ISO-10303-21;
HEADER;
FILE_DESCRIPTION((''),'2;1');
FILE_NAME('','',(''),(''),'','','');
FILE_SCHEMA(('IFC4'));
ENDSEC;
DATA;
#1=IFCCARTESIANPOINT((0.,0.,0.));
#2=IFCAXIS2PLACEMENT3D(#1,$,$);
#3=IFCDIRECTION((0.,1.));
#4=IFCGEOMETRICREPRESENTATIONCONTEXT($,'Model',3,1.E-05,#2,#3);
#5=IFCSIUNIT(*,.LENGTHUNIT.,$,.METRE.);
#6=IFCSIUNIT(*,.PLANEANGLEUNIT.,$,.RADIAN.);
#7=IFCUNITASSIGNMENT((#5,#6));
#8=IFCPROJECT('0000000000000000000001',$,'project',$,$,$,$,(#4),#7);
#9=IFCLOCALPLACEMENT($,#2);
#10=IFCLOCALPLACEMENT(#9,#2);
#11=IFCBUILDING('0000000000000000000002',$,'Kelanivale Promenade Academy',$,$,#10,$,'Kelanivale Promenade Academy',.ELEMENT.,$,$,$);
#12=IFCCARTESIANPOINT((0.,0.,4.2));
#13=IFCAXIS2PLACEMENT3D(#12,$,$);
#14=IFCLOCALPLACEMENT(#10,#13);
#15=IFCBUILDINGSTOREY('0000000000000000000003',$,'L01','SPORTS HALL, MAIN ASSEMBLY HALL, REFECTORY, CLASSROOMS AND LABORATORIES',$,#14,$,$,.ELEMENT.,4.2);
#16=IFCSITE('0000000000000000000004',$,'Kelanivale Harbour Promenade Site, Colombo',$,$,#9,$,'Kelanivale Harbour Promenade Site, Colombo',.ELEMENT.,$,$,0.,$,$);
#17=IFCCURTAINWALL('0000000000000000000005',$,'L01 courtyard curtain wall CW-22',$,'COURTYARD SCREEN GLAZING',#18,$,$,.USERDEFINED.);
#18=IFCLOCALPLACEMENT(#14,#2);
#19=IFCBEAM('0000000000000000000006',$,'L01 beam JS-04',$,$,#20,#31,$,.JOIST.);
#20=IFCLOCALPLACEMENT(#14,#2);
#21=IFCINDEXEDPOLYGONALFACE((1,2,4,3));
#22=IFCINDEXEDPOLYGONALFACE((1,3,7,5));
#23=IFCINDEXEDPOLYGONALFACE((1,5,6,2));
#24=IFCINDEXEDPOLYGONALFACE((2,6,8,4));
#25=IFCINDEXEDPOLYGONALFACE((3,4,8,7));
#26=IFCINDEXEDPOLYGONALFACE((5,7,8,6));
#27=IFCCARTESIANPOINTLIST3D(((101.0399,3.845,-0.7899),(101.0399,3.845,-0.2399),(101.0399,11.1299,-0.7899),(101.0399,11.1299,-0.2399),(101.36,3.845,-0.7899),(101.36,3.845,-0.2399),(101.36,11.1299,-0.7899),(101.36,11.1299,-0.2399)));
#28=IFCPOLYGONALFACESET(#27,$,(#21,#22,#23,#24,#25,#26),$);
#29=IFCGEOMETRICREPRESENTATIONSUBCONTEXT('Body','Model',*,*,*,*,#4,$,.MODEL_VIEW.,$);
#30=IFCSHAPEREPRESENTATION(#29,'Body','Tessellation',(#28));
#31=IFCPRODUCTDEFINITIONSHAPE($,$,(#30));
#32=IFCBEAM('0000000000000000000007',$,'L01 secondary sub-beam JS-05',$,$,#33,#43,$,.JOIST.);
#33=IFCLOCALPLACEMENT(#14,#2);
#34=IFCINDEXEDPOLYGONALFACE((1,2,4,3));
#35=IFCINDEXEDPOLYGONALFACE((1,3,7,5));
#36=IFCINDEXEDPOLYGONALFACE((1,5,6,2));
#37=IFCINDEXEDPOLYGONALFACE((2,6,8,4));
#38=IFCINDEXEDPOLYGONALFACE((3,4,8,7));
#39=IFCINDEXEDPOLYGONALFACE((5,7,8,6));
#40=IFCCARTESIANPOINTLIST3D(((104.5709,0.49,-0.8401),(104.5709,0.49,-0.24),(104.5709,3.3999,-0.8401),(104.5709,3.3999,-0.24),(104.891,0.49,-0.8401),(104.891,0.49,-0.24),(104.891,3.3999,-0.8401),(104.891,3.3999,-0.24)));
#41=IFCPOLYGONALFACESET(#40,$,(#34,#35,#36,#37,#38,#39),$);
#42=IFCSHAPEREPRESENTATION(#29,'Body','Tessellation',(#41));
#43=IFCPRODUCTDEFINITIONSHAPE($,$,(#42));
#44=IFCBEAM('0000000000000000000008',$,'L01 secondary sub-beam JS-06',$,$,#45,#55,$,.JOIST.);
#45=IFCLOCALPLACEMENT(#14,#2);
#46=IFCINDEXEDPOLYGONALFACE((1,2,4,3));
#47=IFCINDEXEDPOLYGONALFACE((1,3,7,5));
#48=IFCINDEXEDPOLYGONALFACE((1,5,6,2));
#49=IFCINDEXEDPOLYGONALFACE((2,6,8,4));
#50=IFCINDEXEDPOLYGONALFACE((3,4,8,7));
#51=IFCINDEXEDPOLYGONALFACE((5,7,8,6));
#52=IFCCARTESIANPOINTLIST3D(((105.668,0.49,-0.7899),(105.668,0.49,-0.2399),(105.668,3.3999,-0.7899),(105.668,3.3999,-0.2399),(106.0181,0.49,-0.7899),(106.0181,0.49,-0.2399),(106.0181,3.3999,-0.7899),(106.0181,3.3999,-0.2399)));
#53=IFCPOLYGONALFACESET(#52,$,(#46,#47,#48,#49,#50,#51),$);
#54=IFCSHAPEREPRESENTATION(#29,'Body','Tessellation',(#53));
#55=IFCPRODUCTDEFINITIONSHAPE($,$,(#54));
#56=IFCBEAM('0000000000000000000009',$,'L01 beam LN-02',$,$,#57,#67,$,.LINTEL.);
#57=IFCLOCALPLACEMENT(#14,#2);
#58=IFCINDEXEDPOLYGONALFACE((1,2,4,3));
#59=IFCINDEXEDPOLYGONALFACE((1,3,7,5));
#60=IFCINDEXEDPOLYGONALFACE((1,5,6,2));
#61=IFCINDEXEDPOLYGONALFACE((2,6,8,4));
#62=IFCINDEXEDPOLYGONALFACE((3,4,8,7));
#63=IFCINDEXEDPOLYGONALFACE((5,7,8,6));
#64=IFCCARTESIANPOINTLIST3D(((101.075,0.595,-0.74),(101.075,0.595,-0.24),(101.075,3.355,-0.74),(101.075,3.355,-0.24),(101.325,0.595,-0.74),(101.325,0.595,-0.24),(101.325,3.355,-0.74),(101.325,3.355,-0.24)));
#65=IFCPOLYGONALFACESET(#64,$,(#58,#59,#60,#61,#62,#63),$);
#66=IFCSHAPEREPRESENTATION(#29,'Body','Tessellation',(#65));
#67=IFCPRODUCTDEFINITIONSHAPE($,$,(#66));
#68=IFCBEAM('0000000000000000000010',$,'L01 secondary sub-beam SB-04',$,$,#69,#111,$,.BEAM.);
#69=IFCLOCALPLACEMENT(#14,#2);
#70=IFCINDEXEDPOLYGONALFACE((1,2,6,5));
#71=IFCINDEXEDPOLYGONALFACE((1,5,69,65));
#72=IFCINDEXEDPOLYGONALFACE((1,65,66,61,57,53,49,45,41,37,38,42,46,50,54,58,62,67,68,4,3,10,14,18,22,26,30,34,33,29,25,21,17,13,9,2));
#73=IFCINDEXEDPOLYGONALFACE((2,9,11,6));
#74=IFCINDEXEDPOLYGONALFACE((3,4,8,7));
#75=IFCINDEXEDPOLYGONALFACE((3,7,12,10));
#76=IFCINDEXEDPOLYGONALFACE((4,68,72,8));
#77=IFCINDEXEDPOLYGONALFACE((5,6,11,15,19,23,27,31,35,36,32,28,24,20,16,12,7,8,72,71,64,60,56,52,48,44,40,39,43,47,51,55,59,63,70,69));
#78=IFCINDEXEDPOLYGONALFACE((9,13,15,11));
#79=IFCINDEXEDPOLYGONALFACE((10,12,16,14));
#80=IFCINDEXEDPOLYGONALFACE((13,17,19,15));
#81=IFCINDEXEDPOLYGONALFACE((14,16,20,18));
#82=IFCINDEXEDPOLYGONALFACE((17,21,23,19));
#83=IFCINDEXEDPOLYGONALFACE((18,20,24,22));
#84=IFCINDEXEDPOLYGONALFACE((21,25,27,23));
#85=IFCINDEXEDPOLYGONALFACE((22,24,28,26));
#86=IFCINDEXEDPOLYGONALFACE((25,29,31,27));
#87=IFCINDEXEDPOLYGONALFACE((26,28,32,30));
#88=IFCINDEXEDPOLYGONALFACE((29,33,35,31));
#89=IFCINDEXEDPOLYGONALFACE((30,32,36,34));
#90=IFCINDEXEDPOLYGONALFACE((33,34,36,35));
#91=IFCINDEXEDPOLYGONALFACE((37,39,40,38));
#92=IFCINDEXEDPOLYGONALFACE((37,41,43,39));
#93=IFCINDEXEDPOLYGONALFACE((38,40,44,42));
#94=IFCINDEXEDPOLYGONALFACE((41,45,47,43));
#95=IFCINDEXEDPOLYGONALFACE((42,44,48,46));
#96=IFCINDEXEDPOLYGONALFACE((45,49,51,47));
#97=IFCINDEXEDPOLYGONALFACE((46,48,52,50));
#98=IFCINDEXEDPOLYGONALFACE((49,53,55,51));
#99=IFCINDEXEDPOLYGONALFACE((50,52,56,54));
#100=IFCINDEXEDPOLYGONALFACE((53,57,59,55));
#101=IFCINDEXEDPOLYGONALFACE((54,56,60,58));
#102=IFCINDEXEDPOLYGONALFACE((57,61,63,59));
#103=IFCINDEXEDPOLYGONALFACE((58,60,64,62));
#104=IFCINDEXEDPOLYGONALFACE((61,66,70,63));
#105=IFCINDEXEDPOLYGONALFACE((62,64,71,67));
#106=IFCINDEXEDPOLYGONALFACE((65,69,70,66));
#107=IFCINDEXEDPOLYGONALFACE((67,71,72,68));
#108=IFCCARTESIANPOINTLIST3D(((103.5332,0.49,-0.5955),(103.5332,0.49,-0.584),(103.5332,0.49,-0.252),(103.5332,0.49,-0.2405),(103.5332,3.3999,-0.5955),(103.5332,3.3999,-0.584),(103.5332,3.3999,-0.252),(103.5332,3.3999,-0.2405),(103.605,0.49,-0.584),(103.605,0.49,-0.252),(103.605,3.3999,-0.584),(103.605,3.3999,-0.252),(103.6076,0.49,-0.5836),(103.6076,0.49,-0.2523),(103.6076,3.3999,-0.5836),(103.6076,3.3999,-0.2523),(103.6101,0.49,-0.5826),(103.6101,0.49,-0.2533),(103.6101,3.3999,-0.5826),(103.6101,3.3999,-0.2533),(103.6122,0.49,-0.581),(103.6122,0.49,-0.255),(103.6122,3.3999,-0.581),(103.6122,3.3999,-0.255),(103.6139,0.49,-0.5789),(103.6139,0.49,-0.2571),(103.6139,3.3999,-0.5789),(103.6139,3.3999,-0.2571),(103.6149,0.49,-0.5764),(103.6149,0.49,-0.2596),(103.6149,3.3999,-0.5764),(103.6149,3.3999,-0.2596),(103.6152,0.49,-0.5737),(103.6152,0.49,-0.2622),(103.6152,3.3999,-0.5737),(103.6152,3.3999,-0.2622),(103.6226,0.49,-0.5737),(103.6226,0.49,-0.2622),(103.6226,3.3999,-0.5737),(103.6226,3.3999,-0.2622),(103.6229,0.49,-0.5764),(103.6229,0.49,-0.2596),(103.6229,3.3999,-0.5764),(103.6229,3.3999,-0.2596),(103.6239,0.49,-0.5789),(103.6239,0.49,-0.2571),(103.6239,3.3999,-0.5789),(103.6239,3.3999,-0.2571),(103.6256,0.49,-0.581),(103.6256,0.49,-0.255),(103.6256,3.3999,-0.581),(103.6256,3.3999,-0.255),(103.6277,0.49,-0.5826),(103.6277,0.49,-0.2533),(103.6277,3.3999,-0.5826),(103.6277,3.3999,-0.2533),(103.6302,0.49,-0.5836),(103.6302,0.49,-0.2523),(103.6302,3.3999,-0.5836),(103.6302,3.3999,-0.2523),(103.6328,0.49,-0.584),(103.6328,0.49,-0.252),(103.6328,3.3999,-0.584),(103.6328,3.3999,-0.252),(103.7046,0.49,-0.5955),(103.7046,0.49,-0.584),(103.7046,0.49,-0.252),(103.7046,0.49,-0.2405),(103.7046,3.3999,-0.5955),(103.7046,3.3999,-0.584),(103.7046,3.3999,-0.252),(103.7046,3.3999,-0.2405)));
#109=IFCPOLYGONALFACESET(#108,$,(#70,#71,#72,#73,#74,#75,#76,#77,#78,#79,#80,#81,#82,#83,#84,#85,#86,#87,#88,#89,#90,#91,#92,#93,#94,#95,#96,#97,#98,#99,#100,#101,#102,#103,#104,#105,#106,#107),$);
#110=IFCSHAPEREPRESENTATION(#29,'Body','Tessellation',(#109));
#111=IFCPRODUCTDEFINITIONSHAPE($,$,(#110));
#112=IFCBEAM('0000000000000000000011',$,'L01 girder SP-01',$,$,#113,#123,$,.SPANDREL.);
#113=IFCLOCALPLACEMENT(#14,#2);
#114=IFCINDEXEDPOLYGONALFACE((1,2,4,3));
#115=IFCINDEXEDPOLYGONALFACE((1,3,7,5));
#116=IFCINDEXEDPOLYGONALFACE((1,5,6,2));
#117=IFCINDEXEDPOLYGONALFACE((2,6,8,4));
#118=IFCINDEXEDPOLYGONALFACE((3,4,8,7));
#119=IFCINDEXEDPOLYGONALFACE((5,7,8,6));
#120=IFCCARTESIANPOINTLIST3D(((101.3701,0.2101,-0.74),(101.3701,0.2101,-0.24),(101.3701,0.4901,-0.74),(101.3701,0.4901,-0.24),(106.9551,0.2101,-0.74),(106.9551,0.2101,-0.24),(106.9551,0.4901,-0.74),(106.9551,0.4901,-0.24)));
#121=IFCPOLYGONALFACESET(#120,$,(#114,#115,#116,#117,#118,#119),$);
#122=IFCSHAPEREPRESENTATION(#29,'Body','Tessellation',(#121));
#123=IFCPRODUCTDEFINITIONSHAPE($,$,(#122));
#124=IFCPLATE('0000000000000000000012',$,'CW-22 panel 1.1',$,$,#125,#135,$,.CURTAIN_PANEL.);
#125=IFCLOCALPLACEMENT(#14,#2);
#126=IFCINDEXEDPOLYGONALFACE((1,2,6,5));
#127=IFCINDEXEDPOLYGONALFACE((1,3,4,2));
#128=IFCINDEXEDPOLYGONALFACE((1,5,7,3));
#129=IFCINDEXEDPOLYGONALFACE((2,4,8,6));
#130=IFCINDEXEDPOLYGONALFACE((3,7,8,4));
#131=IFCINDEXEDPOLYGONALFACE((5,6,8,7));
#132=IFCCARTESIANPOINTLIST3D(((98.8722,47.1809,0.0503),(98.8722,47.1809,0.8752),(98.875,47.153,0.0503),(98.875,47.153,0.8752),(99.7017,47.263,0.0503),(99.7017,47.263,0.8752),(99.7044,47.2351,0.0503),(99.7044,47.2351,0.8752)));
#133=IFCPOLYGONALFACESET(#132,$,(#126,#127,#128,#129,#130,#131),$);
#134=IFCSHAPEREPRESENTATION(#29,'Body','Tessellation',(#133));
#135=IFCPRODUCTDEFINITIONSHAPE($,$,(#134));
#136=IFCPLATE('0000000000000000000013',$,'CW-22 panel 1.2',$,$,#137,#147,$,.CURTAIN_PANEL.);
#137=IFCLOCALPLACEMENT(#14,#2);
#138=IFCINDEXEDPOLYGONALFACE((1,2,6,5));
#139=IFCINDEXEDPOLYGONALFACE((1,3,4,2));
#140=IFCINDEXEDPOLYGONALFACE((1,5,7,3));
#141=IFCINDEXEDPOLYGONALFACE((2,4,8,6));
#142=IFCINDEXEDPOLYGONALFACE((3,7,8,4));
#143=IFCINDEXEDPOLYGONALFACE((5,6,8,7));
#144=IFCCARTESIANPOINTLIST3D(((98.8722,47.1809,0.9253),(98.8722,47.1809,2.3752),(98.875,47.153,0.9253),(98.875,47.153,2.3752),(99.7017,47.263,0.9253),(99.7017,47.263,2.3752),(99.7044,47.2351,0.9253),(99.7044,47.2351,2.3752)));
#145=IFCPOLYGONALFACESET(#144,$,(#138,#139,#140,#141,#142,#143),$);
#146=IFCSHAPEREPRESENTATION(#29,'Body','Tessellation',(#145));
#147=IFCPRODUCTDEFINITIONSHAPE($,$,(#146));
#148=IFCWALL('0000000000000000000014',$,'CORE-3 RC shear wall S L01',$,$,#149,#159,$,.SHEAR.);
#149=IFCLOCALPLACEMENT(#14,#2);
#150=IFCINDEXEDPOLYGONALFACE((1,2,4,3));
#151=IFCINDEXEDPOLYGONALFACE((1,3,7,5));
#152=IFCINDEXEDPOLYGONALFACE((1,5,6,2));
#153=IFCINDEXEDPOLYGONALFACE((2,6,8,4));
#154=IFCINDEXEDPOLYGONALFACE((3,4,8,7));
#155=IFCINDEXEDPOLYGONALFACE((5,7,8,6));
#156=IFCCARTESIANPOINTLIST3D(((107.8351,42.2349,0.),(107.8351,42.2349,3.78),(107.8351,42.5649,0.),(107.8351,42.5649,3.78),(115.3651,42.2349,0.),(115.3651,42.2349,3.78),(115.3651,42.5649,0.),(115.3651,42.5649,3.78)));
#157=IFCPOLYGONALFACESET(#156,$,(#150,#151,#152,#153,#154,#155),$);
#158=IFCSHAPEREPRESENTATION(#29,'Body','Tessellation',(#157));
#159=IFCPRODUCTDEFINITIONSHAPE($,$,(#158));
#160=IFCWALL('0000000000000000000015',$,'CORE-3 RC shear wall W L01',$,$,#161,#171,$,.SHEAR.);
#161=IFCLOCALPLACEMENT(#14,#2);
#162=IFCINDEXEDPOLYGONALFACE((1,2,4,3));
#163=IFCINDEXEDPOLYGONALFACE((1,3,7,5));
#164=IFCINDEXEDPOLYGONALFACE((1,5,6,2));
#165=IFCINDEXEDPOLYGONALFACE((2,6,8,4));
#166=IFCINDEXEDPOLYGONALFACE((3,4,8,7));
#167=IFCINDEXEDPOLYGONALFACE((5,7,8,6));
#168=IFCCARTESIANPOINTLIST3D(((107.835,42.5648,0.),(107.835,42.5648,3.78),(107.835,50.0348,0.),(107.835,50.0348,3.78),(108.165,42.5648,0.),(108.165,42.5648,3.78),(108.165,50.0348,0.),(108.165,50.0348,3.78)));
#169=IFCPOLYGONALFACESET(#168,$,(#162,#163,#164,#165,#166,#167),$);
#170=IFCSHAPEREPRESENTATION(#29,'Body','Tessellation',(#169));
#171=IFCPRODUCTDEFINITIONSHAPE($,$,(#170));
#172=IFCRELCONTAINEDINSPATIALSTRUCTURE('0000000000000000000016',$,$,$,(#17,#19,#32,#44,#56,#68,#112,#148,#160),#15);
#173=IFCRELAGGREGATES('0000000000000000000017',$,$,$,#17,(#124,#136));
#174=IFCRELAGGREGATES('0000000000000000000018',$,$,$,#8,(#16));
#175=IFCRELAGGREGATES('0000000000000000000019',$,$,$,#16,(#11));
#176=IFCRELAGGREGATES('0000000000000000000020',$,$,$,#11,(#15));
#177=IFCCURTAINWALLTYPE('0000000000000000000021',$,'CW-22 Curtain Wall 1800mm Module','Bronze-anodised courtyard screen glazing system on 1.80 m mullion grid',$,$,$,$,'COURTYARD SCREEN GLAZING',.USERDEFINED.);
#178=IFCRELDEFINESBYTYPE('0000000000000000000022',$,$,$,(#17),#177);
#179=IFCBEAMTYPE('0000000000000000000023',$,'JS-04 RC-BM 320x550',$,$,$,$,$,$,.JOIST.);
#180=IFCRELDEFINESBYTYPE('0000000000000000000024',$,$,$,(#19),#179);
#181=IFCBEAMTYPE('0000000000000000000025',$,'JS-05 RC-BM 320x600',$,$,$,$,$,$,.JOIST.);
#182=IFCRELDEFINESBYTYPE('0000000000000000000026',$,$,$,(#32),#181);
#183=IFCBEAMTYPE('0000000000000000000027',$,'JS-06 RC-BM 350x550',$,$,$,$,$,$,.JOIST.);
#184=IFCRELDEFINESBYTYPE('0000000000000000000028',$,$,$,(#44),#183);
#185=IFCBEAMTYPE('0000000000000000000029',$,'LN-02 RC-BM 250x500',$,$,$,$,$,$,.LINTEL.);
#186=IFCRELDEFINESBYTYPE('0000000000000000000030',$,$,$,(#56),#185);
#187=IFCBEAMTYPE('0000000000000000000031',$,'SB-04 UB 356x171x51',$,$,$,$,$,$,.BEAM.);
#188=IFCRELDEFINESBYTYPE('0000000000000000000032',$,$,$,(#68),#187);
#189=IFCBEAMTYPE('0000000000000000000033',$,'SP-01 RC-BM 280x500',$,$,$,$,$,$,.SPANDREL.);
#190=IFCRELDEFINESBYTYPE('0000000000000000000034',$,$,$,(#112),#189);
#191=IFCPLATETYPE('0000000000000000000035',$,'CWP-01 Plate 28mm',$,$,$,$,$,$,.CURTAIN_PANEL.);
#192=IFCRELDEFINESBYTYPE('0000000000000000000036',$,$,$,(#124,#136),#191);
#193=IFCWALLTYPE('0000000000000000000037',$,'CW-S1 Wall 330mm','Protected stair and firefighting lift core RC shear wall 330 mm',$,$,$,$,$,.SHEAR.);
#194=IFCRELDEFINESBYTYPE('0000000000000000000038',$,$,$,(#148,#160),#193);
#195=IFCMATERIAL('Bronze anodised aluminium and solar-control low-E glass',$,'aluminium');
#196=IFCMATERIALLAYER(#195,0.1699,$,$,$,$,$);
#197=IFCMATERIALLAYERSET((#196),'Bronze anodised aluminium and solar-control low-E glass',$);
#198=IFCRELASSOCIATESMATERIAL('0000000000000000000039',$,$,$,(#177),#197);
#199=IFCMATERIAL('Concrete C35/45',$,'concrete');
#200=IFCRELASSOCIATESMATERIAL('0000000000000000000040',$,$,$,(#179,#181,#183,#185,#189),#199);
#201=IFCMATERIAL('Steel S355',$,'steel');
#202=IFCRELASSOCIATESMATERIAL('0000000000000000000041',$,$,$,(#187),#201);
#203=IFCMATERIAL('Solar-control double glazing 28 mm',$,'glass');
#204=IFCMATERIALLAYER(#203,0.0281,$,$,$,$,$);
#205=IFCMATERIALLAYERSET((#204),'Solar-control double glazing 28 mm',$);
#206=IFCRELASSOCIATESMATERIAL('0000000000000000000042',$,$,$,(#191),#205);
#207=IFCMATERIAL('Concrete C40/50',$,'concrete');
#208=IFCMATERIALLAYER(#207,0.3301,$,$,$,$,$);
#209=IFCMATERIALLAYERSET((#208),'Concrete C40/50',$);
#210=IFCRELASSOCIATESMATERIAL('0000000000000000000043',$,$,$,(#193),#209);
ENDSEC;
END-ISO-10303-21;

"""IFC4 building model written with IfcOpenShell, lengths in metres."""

from ifc_helpers import new_model, si_unit, direction, frame, frame_2d, origin, origin_2d, place, context, subcontext, project, spatial, rectangle, i_section, extrude, material, layer, layer_set, material_profile, profile_set, type_object, element, aggregate, save


model = new_model("IFC4")

# Units and contexts
model_context = context("Model", 3, precision=1e-05, world=origin(), true_north=direction((0.0, 1.0)))
body_context = subcontext(model_context, "Body", "Model", "MODEL_VIEW")
ifc_project = project(units=[si_unit("LENGTHUNIT", "METRE"), si_unit("PLANEANGLEUNIT", "RADIAN")], contexts=[model_context])

# Site, building, storey
site_placement = place(None, origin())
site = spatial("IfcSite", under=ifc_project, at=site_placement, Name="Kelanivale Harbour Promenade Site, Colombo", LongName="Kelanivale Harbour Promenade Site, Colombo", CompositionType="ELEMENT", RefElevation=0.0)
building_placement = place(site_placement, origin())
building = spatial("IfcBuilding", under=site, at=building_placement, Name="Kelanivale Promenade Academy", LongName="Kelanivale Promenade Academy", CompositionType="ELEMENT")
storey_placement = place(building_placement, frame((0.0, 0.0, 4.2)))
storey = spatial("IfcBuildingStorey", under=building, at=storey_placement, Name="L01", Description="SPORTS HALL, MAIN ASSEMBLY HALL, REFECTORY, CLASSROOMS AND LABORATORIES", CompositionType="ELEMENT", Elevation=4.2)

# Shared definitions
ifc_material_1 = material(Name="Concrete C40/50", Category="concrete")

# Shared definitions
ifc_material_2 = material(Name="Concrete C35/45", Category="concrete")

# Curtain wall
ifc_material_3 = material(Name="Bronze anodised aluminium and solar-control low-E glass", Category="aluminium")
ifc_layer_1 = layer(ifc_material_3, 0.1699)
ifc_layer_set_1 = layer_set([ifc_layer_1], Name="Bronze anodised aluminium and solar-control low-E glass")
curtain_wall_type = type_object("IfcCurtainWallType", Name="CW-22 Curtain Wall 1800mm Module", Description="Bronze-anodised courtyard screen glazing system on 1.80 m mullion grid", ElementType="COURTYARD SCREEN GLAZING", PredefinedType="USERDEFINED", material=ifc_layer_set_1)
curtain_wall_placement = place(storey_placement, origin())
curtain_wall = element("IfcCurtainWall", 1, at=curtain_wall_placement, inside=storey, type_object=curtain_wall_type, Name="L01 courtyard curtain wall CW-22", ObjectType="COURTYARD SCREEN GLAZING", PredefinedType="USERDEFINED")

# Beams
ifc_material_profile_1 = material_profile(ifc_material_2, rectangle(XDim=0.3201, YDim=0.55, at=origin_2d()), Name="RC-BM 320x550")
ifc_profile_set_1 = profile_set([ifc_material_profile_1], Name="Concrete C35/45")
beam_type_1 = type_object("IfcBeamType", Name="JS-04 RC-BM 320x550", PredefinedType="JOIST", material=ifc_profile_set_1)
beam_1_placement = place(storey_placement, frame((101.2, 3.845, -0.5149), z_axis=(0.0, 1.0, 0.0), x_axis=(-1.0, 0.0, 0.0)))
element("IfcBeam", 2, at=beam_1_placement, inside=storey, type_object=beam_type_1, Name="L01 beam JS-04", PredefinedType="JOIST", context=body_context, shape_type="SweptSolid", body=[
    extrude(rectangle(XDim=0.3201, YDim=0.55, at=origin_2d()), origin(), (0.0, 0.0, 1.0), 7.2849),
])
ifc_material_profile_2 = material_profile(ifc_material_2, rectangle(XDim=0.3201, YDim=0.6001, at=origin_2d()), Name="RC-BM 320x600")
ifc_profile_set_2 = profile_set([ifc_material_profile_2], Name="Concrete C35/45")
beam_type_2 = type_object("IfcBeamType", Name="JS-05 RC-BM 320x600", PredefinedType="JOIST", material=ifc_profile_set_2)
beam_2_placement = place(storey_placement, frame((104.731, 0.49, -0.54), z_axis=(0.0, 1.0, 0.0), x_axis=(-1.0, 0.0, 0.0)))
element("IfcBeam", 3, at=beam_2_placement, inside=storey, type_object=beam_type_2, Name="L01 secondary sub-beam JS-05", PredefinedType="JOIST", context=body_context, shape_type="SweptSolid", body=[
    extrude(rectangle(XDim=0.3201, YDim=0.6001, at=origin_2d()), origin(), (0.0, 0.0, 1.0), 2.9099),
])
ifc_material_profile_3 = material_profile(ifc_material_2, rectangle(XDim=0.3501, YDim=0.55, at=origin_2d()), Name="RC-BM 350x550")
ifc_profile_set_3 = profile_set([ifc_material_profile_3], Name="Concrete C35/45")
beam_type_3 = type_object("IfcBeamType", Name="JS-06 RC-BM 350x550", PredefinedType="JOIST", material=ifc_profile_set_3)
beam_3_placement = place(storey_placement, frame((105.843, 0.49, -0.5149), z_axis=(0.0, 1.0, 0.0), x_axis=(-1.0, 0.0, 0.0)))
element("IfcBeam", 4, at=beam_3_placement, inside=storey, type_object=beam_type_3, Name="L01 secondary sub-beam JS-06", PredefinedType="JOIST", context=body_context, shape_type="SweptSolid", body=[
    extrude(rectangle(XDim=0.3501, YDim=0.55, at=origin_2d()), origin(), (0.0, 0.0, 1.0), 2.9099),
])
ifc_material_profile_4 = material_profile(ifc_material_2, rectangle(XDim=0.25, YDim=0.5, at=origin_2d()), Name="RC-BM 250x500")
ifc_profile_set_4 = profile_set([ifc_material_profile_4], Name="Concrete C35/45")
beam_type_4 = type_object("IfcBeamType", Name="LN-02 RC-BM 250x500", PredefinedType="LINTEL", material=ifc_profile_set_4)
beam_4_placement = place(storey_placement, frame((101.2, 0.595, -0.49), z_axis=(0.0, 1.0, 0.0), x_axis=(-1.0, 0.0, 0.0)))
element("IfcBeam", 5, at=beam_4_placement, inside=storey, type_object=beam_type_4, Name="L01 beam LN-02", PredefinedType="LINTEL", context=body_context, shape_type="SweptSolid", body=[
    extrude(rectangle(XDim=0.25, YDim=0.5, at=origin_2d()), origin(), (0.0, 0.0, 1.0), 2.76),
])
ifc_material_4 = material(Name="Steel S355", Category="steel")
ifc_material_profile_5 = material_profile(ifc_material_4, i_section(OverallWidth=0.1714, OverallDepth=0.355, WebThickness=0.0073, FlangeThickness=0.0115, FilletRadius=0.0103, at=origin_2d()), Name="UB 356x171x51")
ifc_profile_set_5 = profile_set([ifc_material_profile_5], Name="Steel S355")
beam_type_5 = type_object("IfcBeamType", Name="SB-04 UB 356x171x51", PredefinedType="BEAM", material=ifc_profile_set_5)
beam_5_placement = place(storey_placement, frame((103.6189, 0.49, -0.418), z_axis=(0.0, 1.0, 0.0), x_axis=(-1.0, 0.0, 0.0)))
element("IfcBeam", 6, at=beam_5_placement, inside=storey, type_object=beam_type_5, Name="L01 secondary sub-beam SB-04", PredefinedType="BEAM", context=body_context, shape_type="SweptSolid", body=[
    extrude(i_section(OverallWidth=0.1714, OverallDepth=0.355, WebThickness=0.0073, FlangeThickness=0.0115, FilletRadius=0.0103, at=origin_2d()), origin(), (0.0, 0.0, 1.0), 2.9099),
])
ifc_material_profile_6 = material_profile(ifc_material_2, rectangle(XDim=0.28, YDim=0.5, at=origin_2d()), Name="RC-BM 280x500")
ifc_profile_set_6 = profile_set([ifc_material_profile_6], Name="Concrete C35/45")
beam_type_6 = type_object("IfcBeamType", Name="SP-01 RC-BM 280x500", PredefinedType="SPANDREL", material=ifc_profile_set_6)
beam_6_placement = place(storey_placement, frame((101.3701, 0.3501, -0.49), z_axis=(1.0, 0.0, 0.0), x_axis=(0.0, 1.0, 0.0)))
element("IfcBeam", 7, at=beam_6_placement, inside=storey, type_object=beam_type_6, Name="L01 girder SP-01", PredefinedType="SPANDREL", context=body_context, shape_type="SweptSolid", body=[
    extrude(rectangle(XDim=0.28, YDim=0.5, at=origin_2d()), origin(), (0.0, 0.0, 1.0), 5.585),
])

# Plates
ifc_material_5 = material(Name="Solar-control double glazing 28 mm", Category="glass")
ifc_layer_2 = layer(ifc_material_5, 0.0281)
ifc_layer_set_2 = layer_set([ifc_layer_2], Name="Solar-control double glazing 28 mm")
plate_type = type_object("IfcPlateType", Name="CWP-01 Plate 28mm", PredefinedType="CURTAIN_PANEL", material=ifc_layer_set_2)
plate_1_placement = place(storey_placement, frame((99.2883, 47.208, 0.0503), z_axis=(0.0, 0.0, 1.0), x_axis=(0.995133, 0.098539, 0.0)))
plate_1 = element("IfcPlate", 8, at=plate_1_placement, type_object=plate_type, Name="CW-22 panel 1.1", PredefinedType="CURTAIN_PANEL", context=body_context, shape_type="SweptSolid", body=[
    extrude(rectangle(XDim=0.8335, YDim=0.0281, at=origin_2d()), origin(), (0.0, 0.0, 1.0), 0.825),
])
plate_2_placement = place(storey_placement, frame((99.2883, 47.208, 0.9253), z_axis=(0.0, 0.0, 1.0), x_axis=(0.995133, 0.098539, 0.0)))
plate_2 = element("IfcPlate", 9, at=plate_2_placement, type_object=plate_type, Name="CW-22 panel 1.2", PredefinedType="CURTAIN_PANEL", context=body_context, shape_type="SweptSolid", body=[
    extrude(rectangle(XDim=0.8335, YDim=0.0281, at=origin_2d()), origin(), (0.0, 0.0, 1.0), 1.45),
])
aggregate(curtain_wall, [plate_1, plate_2])

# Walls
ifc_layer_3 = layer(ifc_material_1, 0.3301)
ifc_layer_set_3 = layer_set([ifc_layer_3], Name="Concrete C40/50")
wall_type_1 = type_object("IfcWallType", Name="CW-S1 Wall 330mm", Description="Protected stair and firefighting lift core RC shear wall 330 mm", PredefinedType="SHEAR", material=ifc_layer_set_3)
wall_1_placement = place(storey_placement, frame((107.835, 42.3999, 0.0), z_axis=(0.0, 0.0, 1.0), x_axis=(1.0, 0.0, 0.0)))
element("IfcWall", 10, at=wall_1_placement, inside=storey, type_object=wall_type_1, Name="CORE-3 RC shear wall S L01", PredefinedType="SHEAR", context=body_context, shape_type="SweptSolid", body=[
    extrude(rectangle(XDim=7.53, YDim=0.3301, at=frame_2d((3.7651, 0.0))), origin(), (0.0, 0.0, 1.0), 3.78),
])
wall_2_placement = place(storey_placement, frame((108.0, 42.5649, 0.0), z_axis=(0.0, 0.0, 1.0), x_axis=(0.0, 1.0, 0.0)))
element("IfcWall", 11, at=wall_2_placement, inside=storey, type_object=wall_type_1, Name="CORE-3 RC shear wall W L01", PredefinedType="SHEAR", context=body_context, shape_type="SweptSolid", body=[
    extrude(rectangle(XDim=7.47, YDim=0.3301, at=frame_2d((3.7349, 0.0))), origin(), (0.0, 0.0, 1.0), 3.78),
])

save(model, "model.ifc")
